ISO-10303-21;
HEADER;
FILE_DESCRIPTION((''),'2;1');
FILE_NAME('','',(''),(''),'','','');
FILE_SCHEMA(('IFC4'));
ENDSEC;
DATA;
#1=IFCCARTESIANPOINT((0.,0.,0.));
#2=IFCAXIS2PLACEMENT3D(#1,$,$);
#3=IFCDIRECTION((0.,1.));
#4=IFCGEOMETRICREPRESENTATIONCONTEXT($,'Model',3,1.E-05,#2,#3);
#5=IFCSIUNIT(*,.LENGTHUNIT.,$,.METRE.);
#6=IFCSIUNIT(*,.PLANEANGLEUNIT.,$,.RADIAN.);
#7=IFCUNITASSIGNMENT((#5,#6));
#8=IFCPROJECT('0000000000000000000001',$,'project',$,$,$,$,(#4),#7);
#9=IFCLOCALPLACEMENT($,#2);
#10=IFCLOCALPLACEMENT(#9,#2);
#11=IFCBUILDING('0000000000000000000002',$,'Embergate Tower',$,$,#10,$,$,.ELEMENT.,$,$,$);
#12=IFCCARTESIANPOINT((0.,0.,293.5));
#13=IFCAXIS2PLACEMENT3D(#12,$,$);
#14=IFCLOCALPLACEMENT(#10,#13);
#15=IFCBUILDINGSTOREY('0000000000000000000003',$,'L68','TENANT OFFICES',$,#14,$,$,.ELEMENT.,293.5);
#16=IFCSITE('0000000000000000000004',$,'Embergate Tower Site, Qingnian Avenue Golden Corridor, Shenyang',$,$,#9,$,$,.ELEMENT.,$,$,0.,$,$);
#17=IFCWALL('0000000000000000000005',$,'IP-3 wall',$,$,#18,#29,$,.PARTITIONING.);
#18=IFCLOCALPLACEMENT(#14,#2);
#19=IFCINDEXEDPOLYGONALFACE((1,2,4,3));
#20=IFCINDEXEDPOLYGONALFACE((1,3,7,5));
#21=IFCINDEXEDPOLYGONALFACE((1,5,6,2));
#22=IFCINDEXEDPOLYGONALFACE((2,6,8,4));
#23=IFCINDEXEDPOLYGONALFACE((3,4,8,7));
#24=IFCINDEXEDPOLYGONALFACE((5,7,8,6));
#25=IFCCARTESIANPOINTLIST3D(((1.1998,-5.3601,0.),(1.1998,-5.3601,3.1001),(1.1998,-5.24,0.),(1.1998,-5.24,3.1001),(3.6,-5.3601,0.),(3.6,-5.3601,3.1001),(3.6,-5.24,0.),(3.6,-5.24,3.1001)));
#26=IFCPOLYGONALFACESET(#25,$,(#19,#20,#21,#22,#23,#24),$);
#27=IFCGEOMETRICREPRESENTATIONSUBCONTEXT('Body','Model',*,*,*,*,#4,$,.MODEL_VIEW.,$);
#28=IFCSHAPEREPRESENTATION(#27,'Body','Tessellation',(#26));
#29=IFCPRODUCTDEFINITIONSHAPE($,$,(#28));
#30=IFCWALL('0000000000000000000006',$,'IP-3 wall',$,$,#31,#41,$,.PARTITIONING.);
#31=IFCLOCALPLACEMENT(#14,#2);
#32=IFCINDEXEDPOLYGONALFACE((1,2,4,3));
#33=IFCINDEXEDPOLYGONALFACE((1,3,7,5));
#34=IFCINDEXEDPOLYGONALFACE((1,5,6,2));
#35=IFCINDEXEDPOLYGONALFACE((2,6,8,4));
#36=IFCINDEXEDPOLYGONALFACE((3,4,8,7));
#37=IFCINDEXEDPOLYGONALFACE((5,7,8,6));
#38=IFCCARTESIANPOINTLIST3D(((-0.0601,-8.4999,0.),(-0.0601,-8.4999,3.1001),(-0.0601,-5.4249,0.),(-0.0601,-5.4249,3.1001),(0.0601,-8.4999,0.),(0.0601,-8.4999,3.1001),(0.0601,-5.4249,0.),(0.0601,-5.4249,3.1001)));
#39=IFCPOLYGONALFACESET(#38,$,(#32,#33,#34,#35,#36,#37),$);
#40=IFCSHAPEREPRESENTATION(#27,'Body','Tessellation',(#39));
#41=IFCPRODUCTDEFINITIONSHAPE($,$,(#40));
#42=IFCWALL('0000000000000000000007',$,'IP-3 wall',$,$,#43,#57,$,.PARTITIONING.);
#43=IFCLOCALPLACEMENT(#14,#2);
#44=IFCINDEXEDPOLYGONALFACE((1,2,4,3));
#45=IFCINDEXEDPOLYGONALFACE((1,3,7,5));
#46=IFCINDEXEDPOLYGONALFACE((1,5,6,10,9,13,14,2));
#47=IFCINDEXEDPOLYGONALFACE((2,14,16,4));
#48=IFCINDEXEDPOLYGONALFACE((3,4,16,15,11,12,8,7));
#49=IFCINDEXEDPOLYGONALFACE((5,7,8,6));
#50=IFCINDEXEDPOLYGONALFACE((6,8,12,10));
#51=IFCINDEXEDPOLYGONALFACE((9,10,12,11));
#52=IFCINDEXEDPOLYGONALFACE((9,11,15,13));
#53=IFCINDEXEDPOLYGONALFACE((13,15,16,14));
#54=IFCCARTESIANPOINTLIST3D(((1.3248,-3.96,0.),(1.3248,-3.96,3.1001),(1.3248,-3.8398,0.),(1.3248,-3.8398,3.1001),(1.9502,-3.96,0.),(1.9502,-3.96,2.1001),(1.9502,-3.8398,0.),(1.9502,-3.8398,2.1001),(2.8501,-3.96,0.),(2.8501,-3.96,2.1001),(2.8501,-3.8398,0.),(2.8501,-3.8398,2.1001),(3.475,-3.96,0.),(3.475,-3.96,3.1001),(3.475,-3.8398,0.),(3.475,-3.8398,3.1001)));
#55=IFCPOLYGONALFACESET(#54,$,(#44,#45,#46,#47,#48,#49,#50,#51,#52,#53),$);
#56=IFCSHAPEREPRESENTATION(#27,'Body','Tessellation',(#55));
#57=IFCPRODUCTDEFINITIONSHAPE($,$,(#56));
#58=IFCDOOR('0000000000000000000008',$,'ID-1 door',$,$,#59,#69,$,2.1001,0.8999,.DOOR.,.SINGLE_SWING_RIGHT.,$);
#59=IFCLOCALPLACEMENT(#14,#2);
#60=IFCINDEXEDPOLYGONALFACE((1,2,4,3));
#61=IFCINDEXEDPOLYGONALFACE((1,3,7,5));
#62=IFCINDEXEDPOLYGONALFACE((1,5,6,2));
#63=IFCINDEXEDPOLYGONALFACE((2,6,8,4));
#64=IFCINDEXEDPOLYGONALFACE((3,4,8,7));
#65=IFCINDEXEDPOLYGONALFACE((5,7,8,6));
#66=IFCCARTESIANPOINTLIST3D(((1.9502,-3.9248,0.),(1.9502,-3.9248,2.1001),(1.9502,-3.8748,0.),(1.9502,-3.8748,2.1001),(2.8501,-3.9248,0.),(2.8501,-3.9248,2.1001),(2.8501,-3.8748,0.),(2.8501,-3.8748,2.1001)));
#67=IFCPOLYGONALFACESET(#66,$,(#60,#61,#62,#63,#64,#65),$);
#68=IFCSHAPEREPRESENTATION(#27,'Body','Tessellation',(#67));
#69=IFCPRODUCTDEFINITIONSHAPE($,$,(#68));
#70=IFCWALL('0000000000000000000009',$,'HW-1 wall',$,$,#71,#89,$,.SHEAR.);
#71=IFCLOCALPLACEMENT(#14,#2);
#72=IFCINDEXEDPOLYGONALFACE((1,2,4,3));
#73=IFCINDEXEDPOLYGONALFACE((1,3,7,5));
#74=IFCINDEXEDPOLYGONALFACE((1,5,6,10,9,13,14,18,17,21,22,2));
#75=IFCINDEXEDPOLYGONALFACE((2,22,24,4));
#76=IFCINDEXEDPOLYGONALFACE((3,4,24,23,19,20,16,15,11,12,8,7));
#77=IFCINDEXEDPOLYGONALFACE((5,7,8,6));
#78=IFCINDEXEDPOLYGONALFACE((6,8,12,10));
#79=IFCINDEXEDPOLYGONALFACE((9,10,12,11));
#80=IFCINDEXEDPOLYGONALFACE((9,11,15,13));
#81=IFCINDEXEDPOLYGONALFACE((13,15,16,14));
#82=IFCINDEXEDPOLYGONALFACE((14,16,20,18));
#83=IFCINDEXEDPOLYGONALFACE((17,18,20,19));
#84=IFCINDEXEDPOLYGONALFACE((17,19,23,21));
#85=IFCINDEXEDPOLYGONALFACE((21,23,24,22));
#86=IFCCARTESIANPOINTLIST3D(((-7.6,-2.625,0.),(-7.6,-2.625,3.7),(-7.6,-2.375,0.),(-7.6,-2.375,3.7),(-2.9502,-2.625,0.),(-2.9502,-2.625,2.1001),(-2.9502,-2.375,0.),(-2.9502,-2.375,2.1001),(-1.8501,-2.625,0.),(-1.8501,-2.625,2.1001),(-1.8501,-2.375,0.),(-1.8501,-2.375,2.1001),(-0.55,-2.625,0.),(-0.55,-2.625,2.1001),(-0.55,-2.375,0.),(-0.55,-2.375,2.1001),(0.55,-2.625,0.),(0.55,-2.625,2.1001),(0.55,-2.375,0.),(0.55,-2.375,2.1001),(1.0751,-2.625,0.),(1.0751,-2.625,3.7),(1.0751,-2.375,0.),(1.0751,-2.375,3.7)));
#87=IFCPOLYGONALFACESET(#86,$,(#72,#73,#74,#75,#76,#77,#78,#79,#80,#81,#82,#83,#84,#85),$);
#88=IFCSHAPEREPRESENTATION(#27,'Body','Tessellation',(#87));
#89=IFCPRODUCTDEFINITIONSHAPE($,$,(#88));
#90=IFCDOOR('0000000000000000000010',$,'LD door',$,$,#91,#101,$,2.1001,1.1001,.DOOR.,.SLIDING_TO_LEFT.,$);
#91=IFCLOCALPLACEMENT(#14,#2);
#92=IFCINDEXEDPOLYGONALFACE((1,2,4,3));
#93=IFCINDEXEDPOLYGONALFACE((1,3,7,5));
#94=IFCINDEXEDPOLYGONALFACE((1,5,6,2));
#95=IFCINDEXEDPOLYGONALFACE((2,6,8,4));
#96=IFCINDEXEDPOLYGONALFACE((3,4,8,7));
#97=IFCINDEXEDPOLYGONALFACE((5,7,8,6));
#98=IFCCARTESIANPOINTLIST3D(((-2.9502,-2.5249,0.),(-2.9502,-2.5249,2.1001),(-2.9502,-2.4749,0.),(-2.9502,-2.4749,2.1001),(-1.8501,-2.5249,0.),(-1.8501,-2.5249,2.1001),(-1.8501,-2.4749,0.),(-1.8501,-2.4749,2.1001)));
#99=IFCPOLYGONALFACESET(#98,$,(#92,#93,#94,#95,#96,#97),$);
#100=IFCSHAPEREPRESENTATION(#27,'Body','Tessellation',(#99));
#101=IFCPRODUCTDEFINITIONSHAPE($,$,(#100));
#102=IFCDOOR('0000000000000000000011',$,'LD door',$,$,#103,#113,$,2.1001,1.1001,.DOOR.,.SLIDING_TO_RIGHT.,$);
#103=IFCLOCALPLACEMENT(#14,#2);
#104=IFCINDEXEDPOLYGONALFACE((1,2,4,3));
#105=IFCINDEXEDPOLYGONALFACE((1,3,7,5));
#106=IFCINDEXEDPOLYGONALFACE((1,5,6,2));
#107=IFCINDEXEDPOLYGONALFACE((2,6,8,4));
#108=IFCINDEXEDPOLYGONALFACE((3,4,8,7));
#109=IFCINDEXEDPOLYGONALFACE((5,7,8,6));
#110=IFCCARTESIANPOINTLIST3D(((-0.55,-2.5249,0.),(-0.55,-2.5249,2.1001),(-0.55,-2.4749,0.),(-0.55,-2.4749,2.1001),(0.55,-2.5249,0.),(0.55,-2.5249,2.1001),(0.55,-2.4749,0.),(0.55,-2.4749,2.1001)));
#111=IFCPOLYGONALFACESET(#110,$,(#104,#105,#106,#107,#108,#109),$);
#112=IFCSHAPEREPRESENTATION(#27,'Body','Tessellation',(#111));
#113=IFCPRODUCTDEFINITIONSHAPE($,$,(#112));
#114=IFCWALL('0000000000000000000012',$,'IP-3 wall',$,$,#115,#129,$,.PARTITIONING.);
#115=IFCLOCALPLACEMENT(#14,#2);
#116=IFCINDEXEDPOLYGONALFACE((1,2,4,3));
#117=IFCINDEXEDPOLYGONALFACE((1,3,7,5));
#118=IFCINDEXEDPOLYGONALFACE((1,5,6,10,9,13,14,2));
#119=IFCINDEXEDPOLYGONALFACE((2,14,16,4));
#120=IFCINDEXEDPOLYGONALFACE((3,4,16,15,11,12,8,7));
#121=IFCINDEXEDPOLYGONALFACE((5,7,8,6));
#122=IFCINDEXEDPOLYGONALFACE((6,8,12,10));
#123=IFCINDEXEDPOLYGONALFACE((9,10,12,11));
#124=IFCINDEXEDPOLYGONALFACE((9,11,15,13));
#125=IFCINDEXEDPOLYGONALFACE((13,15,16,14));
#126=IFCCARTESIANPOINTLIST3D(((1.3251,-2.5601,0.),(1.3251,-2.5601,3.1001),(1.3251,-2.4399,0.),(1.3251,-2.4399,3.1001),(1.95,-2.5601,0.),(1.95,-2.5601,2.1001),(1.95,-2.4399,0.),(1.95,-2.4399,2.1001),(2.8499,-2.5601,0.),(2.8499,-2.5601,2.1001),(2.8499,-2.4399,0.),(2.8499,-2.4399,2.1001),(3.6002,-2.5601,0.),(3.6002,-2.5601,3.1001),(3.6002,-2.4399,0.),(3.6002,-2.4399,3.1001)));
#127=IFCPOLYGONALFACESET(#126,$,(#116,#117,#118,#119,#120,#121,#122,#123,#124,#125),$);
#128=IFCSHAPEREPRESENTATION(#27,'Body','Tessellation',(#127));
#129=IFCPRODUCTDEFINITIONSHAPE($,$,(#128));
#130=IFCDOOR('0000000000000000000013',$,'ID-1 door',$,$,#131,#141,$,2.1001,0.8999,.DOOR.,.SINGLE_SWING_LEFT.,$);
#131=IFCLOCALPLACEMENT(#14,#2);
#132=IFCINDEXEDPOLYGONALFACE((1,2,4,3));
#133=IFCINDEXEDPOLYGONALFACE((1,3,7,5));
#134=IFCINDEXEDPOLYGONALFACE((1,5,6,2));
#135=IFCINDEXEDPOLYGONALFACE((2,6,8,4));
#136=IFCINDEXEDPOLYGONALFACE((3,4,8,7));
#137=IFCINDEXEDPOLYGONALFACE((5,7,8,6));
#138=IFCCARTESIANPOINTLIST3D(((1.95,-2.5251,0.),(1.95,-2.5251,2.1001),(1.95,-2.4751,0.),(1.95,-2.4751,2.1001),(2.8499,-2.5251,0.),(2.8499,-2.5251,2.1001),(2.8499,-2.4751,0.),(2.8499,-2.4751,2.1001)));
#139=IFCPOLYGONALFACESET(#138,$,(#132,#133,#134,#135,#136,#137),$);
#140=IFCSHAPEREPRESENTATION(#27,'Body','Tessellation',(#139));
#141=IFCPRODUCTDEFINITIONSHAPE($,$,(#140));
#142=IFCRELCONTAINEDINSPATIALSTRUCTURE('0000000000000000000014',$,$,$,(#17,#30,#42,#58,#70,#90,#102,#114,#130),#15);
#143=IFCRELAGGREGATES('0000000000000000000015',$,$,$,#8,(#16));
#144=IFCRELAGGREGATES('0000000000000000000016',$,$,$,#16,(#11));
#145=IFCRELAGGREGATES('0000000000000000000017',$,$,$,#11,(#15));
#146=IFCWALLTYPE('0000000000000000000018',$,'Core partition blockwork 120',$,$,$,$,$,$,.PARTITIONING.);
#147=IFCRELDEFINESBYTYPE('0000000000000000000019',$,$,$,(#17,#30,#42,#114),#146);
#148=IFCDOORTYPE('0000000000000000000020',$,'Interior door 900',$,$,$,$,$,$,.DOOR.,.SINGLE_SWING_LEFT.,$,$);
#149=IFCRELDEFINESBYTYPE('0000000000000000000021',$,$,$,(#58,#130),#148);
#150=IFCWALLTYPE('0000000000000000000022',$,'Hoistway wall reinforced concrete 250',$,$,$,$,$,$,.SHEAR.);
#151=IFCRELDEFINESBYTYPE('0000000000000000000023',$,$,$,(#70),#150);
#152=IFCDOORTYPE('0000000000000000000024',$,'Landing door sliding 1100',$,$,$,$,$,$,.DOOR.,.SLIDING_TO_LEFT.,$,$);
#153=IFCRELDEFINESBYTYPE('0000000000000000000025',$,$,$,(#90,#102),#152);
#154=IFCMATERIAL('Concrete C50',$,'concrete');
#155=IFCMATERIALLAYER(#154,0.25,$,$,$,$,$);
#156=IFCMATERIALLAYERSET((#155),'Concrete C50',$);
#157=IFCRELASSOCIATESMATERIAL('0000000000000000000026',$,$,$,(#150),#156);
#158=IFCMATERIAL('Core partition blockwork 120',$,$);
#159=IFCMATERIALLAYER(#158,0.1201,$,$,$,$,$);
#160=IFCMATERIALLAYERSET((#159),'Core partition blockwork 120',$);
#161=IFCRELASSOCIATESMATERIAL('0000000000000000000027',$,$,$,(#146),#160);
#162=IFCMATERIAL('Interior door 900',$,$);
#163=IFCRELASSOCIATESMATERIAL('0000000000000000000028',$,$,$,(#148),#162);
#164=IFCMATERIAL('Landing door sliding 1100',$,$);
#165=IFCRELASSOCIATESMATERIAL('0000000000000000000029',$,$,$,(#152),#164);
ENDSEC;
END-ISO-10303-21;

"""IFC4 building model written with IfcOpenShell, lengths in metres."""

from ifc_helpers import new_model, si_unit, direction, frame, frame_2d, origin, place, context, subcontext, project, spatial, rectangle, extrude, source, transform, mapped, material, layer, layer_set, type_object, element, fill, save


model = new_model("IFC4")

# Units and contexts
model_context = context("Model", 3, precision=1e-05, world=origin(), true_north=direction((0.0, 1.0)))
body_context = subcontext(model_context, "Body", "Model", "MODEL_VIEW")
ifc_project = project(units=[si_unit("LENGTHUNIT", "METRE"), si_unit("PLANEANGLEUNIT", "RADIAN")], contexts=[model_context])

# Site, building, storey
site_placement = place(None, origin())
site = spatial("IfcSite", under=ifc_project, at=site_placement, Name="Embergate Tower Site, Qingnian Avenue Golden Corridor, Shenyang", CompositionType="ELEMENT", RefElevation=0.0)
building_placement = place(site_placement, origin())
building = spatial("IfcBuilding", under=site, at=building_placement, Name="Embergate Tower", CompositionType="ELEMENT")
storey_placement = place(building_placement, frame((0.0, 0.0, 293.5)))
storey = spatial("IfcBuildingStorey", under=building, at=storey_placement, Name="L68", Description="TENANT OFFICES", CompositionType="ELEMENT", Elevation=293.5)

# Shared definitions
ifc_material_1 = material(Name="Concrete C50", Category="concrete")
ifc_layer_1 = layer(ifc_material_1, 0.25)
ifc_layer_set_1 = layer_set([ifc_layer_1], Name="Concrete C50")
wall_type_1 = type_object("IfcWallType", Name="Hoistway wall reinforced concrete 250", PredefinedType="SHEAR", material=ifc_layer_set_1)

# Shared definitions
ifc_material_2 = material(Name="Core partition blockwork 120")
ifc_layer_2 = layer(ifc_material_2, 0.1201)
ifc_layer_set_2 = layer_set([ifc_layer_2], Name="Core partition blockwork 120")
wall_type_2 = type_object("IfcWallType", Name="Core partition blockwork 120", PredefinedType="PARTITIONING", material=ifc_layer_set_2)

# Walls
shared_shape_1 = source(origin(), body_context, "Body", "SweptSolid", [
    extrude(rectangle(XDim=2.4001, YDim=0.1201, at=frame_2d((1.2002, 0.0))), origin(), (0.0, 0.0, 1.0), 3.1001),
])
wall_1_placement = place(storey_placement, frame((3.6001, -5.3, 0.0), z_axis=(0.0, 0.0, 1.0), x_axis=(-1.0, 0.0, 0.0)))
element("IfcWall", 1, at=wall_1_placement, inside=storey, type_object=wall_type_2, Name="IP-3 wall", PredefinedType="PARTITIONING", context=body_context, shape_type="MappedRepresentation", body=[
    mapped(shared_shape_1, transform((0.0, 0.0, 0.0))),
])
shared_shape_2 = source(origin(), body_context, "Body", "SweptSolid", [
    extrude(rectangle(XDim=3.075, YDim=0.1201, at=frame_2d((1.5376, 0.0))), origin(), (0.0, 0.0, 1.0), 3.1001),
])
wall_2_placement = place(storey_placement, frame((0.0, -8.5, 0.0), z_axis=(0.0, 0.0, 1.0), x_axis=(0.0, 1.0, 0.0)))
element("IfcWall", 2, at=wall_2_placement, inside=storey, type_object=wall_type_2, Name="IP-3 wall", PredefinedType="PARTITIONING", context=body_context, shape_type="MappedRepresentation", body=[
    mapped(shared_shape_2, transform((0.0, 0.0, 0.0))),
])

# Wall, opening, door
shared_shape_3 = source(origin(), body_context, "Body", "SweptSolid", [
    extrude(rectangle(XDim=2.1501, YDim=0.1201, at=frame_2d((1.0752, 0.0))), origin(), (0.0, 0.0, 1.0), 3.1001),
])
wall_3_placement = place(storey_placement, frame((3.4751, -3.8999, 0.0), z_axis=(0.0, 0.0, 1.0), x_axis=(-1.0, 0.0, 0.0)))
wall_3 = element("IfcWall", 3, at=wall_3_placement, inside=storey, type_object=wall_type_2, Name="IP-3 wall", PredefinedType="PARTITIONING", context=body_context, shape_type="MappedRepresentation", body=[
    mapped(shared_shape_3, transform((0.0, 0.0, 0.0))),
])
shared_shape_4 = source(origin(), body_context, "Body", "SweptSolid", [
    extrude(rectangle(XDim=0.8999, YDim=2.1001, at=frame_2d((0.45, 1.05))), frame((0.0, 0.0701, 0.0), z_axis=(0.0, -1.0, 0.0), x_axis=(1.0, 0.0, 0.0)), (0.0, 0.0, 1.0), 0.1401),
])
opening_1_placement = place(wall_3_placement, frame((0.625, 0.0, 0.0)))
opening_1 = element("IfcOpeningElement", 4, at=opening_1_placement, cuts=wall_3, PredefinedType="OPENING", context=body_context, shape_type="MappedRepresentation", body=[
    mapped(shared_shape_4, transform((0.0, 0.0, 0.0))),
])
ifc_material_3 = material(Name="Interior door 900")
door_type_1 = type_object("IfcDoorType", Name="Interior door 900", OperationType="SINGLE_SWING_LEFT", PredefinedType="DOOR", material=ifc_material_3)
shared_shape_5 = source(origin(), body_context, "Body", "SweptSolid", [
    extrude(rectangle(XDim=0.8999, YDim=2.1001, at=frame_2d((0.45, 1.05))), frame((0.0, 0.0249, 0.0), z_axis=(0.0, -1.0, 0.0), x_axis=(1.0, 0.0, 0.0)), (0.0, 0.0, 1.0), 0.05),
])
door_1_placement = place(opening_1_placement, origin())
door_1 = element("IfcDoor", 5, at=door_1_placement, inside=storey, type_object=door_type_1, Name="ID-1 door", OperationType="SINGLE_SWING_RIGHT", OverallHeight=2.1001, OverallWidth=0.8999, PredefinedType="DOOR", context=body_context, shape_type="MappedRepresentation", body=[
    mapped(shared_shape_5, transform((0.0, 0.0, 0.0))),
])
fill(opening_1, door_1)

# Wall, openings, doors
shared_shape_6 = source(origin(), body_context, "Body", "SweptSolid", [
    extrude(rectangle(XDim=8.675, YDim=0.25, at=frame_2d((4.3374, 0.0))), origin(), (0.0, 0.0, 1.0), 3.7),
])
wall_4_placement = place(storey_placement, frame((1.075, -2.5, 0.0), z_axis=(0.0, 0.0, 1.0), x_axis=(-1.0, 0.0, 0.0)))
wall_4 = element("IfcWall", 6, at=wall_4_placement, inside=storey, type_object=wall_type_1, Name="HW-1 wall", PredefinedType="SHEAR", context=body_context, shape_type="MappedRepresentation", body=[
    mapped(shared_shape_6, transform((0.0, 0.0, 0.0))),
])
shared_shape_7 = source(origin(), body_context, "Body", "SweptSolid", [
    extrude(rectangle(XDim=1.1001, YDim=2.1001, at=frame_2d((0.55, 1.05))), frame((0.0, 0.135, 0.0), z_axis=(0.0, -1.0, 0.0), x_axis=(1.0, 0.0, 0.0)), (0.0, 0.0, 1.0), 0.27),
])
opening_2_placement = place(wall_4_placement, frame((2.925, 0.0, 0.0)))
opening_2 = element("IfcOpeningElement", 7, at=opening_2_placement, cuts=wall_4, PredefinedType="OPENING", context=body_context, shape_type="MappedRepresentation", body=[
    mapped(shared_shape_7, transform((0.0, 0.0, 0.0))),
])
opening_3_placement = place(wall_4_placement, frame((0.5249, 0.0, 0.0)))
opening_3 = element("IfcOpeningElement", 8, at=opening_3_placement, cuts=wall_4, PredefinedType="OPENING", context=body_context, shape_type="MappedRepresentation", body=[
    mapped(shared_shape_7, transform((0.0, 0.0, 0.0))),
])
ifc_material_4 = material(Name="Landing door sliding 1100")
door_type_2 = type_object("IfcDoorType", Name="Landing door sliding 1100", OperationType="SLIDING_TO_LEFT", PredefinedType="DOOR", material=ifc_material_4)
shared_shape_8 = source(origin(), body_context, "Body", "SweptSolid", [
    extrude(rectangle(XDim=1.1001, YDim=2.1001, at=frame_2d((0.55, 1.05))), frame((0.0, 0.0249, 0.0), z_axis=(0.0, -1.0, 0.0), x_axis=(1.0, 0.0, 0.0)), (0.0, 0.0, 1.0), 0.05),
])
door_2_placement = place(opening_2_placement, origin())
door_2 = element("IfcDoor", 9, at=door_2_placement, inside=storey, type_object=door_type_2, Name="LD door", OperationType="SLIDING_TO_LEFT", OverallHeight=2.1001, OverallWidth=1.1001, PredefinedType="DOOR", context=body_context, shape_type="MappedRepresentation", body=[
    mapped(shared_shape_8, transform((0.0, 0.0, 0.0))),
])
fill(opening_2, door_2)
door_3_placement = place(opening_3_placement, origin())
door_3 = element("IfcDoor", 10, at=door_3_placement, inside=storey, type_object=door_type_2, Name="LD door", OperationType="SLIDING_TO_RIGHT", OverallHeight=2.1001, OverallWidth=1.1001, PredefinedType="DOOR", context=body_context, shape_type="MappedRepresentation", body=[
    mapped(shared_shape_8, transform((0.0, 0.0, 0.0))),
])
fill(opening_3, door_3)

# Wall, opening, door
shared_shape_9 = source(origin(), body_context, "Body", "SweptSolid", [
    extrude(rectangle(XDim=2.2751, YDim=0.1201, at=frame_2d((1.1377, 0.0))), origin(), (0.0, 0.0, 1.0), 3.1001),
])
wall_5_placement = place(storey_placement, frame((1.325, -2.5, 0.0), z_axis=(0.0, 0.0, 1.0), x_axis=(1.0, 0.0, 0.0)))
wall_5 = element("IfcWall", 11, at=wall_5_placement, inside=storey, type_object=wall_type_2, Name="IP-3 wall", PredefinedType="PARTITIONING", context=body_context, shape_type="MappedRepresentation", body=[
    mapped(shared_shape_9, transform((0.0, 0.0, 0.0))),
])
opening_4_placement = place(wall_5_placement, frame((0.625, 0.0, 0.0)))
opening_4 = element("IfcOpeningElement", 12, at=opening_4_placement, cuts=wall_5, PredefinedType="OPENING", context=body_context, shape_type="MappedRepresentation", body=[
    mapped(shared_shape_4, transform((0.0, 0.0, 0.0))),
])
door_4_placement = place(opening_4_placement, origin())
door_4 = element("IfcDoor", 13, at=door_4_placement, inside=storey, type_object=door_type_1, Name="ID-1 door", OperationType="SINGLE_SWING_LEFT", OverallHeight=2.1001, OverallWidth=0.8999, PredefinedType="DOOR", context=body_context, shape_type="MappedRepresentation", body=[
    mapped(shared_shape_5, transform((0.0, 0.0, 0.0))),
])
fill(opening_4, door_4)

save(model, "model.ifc")
